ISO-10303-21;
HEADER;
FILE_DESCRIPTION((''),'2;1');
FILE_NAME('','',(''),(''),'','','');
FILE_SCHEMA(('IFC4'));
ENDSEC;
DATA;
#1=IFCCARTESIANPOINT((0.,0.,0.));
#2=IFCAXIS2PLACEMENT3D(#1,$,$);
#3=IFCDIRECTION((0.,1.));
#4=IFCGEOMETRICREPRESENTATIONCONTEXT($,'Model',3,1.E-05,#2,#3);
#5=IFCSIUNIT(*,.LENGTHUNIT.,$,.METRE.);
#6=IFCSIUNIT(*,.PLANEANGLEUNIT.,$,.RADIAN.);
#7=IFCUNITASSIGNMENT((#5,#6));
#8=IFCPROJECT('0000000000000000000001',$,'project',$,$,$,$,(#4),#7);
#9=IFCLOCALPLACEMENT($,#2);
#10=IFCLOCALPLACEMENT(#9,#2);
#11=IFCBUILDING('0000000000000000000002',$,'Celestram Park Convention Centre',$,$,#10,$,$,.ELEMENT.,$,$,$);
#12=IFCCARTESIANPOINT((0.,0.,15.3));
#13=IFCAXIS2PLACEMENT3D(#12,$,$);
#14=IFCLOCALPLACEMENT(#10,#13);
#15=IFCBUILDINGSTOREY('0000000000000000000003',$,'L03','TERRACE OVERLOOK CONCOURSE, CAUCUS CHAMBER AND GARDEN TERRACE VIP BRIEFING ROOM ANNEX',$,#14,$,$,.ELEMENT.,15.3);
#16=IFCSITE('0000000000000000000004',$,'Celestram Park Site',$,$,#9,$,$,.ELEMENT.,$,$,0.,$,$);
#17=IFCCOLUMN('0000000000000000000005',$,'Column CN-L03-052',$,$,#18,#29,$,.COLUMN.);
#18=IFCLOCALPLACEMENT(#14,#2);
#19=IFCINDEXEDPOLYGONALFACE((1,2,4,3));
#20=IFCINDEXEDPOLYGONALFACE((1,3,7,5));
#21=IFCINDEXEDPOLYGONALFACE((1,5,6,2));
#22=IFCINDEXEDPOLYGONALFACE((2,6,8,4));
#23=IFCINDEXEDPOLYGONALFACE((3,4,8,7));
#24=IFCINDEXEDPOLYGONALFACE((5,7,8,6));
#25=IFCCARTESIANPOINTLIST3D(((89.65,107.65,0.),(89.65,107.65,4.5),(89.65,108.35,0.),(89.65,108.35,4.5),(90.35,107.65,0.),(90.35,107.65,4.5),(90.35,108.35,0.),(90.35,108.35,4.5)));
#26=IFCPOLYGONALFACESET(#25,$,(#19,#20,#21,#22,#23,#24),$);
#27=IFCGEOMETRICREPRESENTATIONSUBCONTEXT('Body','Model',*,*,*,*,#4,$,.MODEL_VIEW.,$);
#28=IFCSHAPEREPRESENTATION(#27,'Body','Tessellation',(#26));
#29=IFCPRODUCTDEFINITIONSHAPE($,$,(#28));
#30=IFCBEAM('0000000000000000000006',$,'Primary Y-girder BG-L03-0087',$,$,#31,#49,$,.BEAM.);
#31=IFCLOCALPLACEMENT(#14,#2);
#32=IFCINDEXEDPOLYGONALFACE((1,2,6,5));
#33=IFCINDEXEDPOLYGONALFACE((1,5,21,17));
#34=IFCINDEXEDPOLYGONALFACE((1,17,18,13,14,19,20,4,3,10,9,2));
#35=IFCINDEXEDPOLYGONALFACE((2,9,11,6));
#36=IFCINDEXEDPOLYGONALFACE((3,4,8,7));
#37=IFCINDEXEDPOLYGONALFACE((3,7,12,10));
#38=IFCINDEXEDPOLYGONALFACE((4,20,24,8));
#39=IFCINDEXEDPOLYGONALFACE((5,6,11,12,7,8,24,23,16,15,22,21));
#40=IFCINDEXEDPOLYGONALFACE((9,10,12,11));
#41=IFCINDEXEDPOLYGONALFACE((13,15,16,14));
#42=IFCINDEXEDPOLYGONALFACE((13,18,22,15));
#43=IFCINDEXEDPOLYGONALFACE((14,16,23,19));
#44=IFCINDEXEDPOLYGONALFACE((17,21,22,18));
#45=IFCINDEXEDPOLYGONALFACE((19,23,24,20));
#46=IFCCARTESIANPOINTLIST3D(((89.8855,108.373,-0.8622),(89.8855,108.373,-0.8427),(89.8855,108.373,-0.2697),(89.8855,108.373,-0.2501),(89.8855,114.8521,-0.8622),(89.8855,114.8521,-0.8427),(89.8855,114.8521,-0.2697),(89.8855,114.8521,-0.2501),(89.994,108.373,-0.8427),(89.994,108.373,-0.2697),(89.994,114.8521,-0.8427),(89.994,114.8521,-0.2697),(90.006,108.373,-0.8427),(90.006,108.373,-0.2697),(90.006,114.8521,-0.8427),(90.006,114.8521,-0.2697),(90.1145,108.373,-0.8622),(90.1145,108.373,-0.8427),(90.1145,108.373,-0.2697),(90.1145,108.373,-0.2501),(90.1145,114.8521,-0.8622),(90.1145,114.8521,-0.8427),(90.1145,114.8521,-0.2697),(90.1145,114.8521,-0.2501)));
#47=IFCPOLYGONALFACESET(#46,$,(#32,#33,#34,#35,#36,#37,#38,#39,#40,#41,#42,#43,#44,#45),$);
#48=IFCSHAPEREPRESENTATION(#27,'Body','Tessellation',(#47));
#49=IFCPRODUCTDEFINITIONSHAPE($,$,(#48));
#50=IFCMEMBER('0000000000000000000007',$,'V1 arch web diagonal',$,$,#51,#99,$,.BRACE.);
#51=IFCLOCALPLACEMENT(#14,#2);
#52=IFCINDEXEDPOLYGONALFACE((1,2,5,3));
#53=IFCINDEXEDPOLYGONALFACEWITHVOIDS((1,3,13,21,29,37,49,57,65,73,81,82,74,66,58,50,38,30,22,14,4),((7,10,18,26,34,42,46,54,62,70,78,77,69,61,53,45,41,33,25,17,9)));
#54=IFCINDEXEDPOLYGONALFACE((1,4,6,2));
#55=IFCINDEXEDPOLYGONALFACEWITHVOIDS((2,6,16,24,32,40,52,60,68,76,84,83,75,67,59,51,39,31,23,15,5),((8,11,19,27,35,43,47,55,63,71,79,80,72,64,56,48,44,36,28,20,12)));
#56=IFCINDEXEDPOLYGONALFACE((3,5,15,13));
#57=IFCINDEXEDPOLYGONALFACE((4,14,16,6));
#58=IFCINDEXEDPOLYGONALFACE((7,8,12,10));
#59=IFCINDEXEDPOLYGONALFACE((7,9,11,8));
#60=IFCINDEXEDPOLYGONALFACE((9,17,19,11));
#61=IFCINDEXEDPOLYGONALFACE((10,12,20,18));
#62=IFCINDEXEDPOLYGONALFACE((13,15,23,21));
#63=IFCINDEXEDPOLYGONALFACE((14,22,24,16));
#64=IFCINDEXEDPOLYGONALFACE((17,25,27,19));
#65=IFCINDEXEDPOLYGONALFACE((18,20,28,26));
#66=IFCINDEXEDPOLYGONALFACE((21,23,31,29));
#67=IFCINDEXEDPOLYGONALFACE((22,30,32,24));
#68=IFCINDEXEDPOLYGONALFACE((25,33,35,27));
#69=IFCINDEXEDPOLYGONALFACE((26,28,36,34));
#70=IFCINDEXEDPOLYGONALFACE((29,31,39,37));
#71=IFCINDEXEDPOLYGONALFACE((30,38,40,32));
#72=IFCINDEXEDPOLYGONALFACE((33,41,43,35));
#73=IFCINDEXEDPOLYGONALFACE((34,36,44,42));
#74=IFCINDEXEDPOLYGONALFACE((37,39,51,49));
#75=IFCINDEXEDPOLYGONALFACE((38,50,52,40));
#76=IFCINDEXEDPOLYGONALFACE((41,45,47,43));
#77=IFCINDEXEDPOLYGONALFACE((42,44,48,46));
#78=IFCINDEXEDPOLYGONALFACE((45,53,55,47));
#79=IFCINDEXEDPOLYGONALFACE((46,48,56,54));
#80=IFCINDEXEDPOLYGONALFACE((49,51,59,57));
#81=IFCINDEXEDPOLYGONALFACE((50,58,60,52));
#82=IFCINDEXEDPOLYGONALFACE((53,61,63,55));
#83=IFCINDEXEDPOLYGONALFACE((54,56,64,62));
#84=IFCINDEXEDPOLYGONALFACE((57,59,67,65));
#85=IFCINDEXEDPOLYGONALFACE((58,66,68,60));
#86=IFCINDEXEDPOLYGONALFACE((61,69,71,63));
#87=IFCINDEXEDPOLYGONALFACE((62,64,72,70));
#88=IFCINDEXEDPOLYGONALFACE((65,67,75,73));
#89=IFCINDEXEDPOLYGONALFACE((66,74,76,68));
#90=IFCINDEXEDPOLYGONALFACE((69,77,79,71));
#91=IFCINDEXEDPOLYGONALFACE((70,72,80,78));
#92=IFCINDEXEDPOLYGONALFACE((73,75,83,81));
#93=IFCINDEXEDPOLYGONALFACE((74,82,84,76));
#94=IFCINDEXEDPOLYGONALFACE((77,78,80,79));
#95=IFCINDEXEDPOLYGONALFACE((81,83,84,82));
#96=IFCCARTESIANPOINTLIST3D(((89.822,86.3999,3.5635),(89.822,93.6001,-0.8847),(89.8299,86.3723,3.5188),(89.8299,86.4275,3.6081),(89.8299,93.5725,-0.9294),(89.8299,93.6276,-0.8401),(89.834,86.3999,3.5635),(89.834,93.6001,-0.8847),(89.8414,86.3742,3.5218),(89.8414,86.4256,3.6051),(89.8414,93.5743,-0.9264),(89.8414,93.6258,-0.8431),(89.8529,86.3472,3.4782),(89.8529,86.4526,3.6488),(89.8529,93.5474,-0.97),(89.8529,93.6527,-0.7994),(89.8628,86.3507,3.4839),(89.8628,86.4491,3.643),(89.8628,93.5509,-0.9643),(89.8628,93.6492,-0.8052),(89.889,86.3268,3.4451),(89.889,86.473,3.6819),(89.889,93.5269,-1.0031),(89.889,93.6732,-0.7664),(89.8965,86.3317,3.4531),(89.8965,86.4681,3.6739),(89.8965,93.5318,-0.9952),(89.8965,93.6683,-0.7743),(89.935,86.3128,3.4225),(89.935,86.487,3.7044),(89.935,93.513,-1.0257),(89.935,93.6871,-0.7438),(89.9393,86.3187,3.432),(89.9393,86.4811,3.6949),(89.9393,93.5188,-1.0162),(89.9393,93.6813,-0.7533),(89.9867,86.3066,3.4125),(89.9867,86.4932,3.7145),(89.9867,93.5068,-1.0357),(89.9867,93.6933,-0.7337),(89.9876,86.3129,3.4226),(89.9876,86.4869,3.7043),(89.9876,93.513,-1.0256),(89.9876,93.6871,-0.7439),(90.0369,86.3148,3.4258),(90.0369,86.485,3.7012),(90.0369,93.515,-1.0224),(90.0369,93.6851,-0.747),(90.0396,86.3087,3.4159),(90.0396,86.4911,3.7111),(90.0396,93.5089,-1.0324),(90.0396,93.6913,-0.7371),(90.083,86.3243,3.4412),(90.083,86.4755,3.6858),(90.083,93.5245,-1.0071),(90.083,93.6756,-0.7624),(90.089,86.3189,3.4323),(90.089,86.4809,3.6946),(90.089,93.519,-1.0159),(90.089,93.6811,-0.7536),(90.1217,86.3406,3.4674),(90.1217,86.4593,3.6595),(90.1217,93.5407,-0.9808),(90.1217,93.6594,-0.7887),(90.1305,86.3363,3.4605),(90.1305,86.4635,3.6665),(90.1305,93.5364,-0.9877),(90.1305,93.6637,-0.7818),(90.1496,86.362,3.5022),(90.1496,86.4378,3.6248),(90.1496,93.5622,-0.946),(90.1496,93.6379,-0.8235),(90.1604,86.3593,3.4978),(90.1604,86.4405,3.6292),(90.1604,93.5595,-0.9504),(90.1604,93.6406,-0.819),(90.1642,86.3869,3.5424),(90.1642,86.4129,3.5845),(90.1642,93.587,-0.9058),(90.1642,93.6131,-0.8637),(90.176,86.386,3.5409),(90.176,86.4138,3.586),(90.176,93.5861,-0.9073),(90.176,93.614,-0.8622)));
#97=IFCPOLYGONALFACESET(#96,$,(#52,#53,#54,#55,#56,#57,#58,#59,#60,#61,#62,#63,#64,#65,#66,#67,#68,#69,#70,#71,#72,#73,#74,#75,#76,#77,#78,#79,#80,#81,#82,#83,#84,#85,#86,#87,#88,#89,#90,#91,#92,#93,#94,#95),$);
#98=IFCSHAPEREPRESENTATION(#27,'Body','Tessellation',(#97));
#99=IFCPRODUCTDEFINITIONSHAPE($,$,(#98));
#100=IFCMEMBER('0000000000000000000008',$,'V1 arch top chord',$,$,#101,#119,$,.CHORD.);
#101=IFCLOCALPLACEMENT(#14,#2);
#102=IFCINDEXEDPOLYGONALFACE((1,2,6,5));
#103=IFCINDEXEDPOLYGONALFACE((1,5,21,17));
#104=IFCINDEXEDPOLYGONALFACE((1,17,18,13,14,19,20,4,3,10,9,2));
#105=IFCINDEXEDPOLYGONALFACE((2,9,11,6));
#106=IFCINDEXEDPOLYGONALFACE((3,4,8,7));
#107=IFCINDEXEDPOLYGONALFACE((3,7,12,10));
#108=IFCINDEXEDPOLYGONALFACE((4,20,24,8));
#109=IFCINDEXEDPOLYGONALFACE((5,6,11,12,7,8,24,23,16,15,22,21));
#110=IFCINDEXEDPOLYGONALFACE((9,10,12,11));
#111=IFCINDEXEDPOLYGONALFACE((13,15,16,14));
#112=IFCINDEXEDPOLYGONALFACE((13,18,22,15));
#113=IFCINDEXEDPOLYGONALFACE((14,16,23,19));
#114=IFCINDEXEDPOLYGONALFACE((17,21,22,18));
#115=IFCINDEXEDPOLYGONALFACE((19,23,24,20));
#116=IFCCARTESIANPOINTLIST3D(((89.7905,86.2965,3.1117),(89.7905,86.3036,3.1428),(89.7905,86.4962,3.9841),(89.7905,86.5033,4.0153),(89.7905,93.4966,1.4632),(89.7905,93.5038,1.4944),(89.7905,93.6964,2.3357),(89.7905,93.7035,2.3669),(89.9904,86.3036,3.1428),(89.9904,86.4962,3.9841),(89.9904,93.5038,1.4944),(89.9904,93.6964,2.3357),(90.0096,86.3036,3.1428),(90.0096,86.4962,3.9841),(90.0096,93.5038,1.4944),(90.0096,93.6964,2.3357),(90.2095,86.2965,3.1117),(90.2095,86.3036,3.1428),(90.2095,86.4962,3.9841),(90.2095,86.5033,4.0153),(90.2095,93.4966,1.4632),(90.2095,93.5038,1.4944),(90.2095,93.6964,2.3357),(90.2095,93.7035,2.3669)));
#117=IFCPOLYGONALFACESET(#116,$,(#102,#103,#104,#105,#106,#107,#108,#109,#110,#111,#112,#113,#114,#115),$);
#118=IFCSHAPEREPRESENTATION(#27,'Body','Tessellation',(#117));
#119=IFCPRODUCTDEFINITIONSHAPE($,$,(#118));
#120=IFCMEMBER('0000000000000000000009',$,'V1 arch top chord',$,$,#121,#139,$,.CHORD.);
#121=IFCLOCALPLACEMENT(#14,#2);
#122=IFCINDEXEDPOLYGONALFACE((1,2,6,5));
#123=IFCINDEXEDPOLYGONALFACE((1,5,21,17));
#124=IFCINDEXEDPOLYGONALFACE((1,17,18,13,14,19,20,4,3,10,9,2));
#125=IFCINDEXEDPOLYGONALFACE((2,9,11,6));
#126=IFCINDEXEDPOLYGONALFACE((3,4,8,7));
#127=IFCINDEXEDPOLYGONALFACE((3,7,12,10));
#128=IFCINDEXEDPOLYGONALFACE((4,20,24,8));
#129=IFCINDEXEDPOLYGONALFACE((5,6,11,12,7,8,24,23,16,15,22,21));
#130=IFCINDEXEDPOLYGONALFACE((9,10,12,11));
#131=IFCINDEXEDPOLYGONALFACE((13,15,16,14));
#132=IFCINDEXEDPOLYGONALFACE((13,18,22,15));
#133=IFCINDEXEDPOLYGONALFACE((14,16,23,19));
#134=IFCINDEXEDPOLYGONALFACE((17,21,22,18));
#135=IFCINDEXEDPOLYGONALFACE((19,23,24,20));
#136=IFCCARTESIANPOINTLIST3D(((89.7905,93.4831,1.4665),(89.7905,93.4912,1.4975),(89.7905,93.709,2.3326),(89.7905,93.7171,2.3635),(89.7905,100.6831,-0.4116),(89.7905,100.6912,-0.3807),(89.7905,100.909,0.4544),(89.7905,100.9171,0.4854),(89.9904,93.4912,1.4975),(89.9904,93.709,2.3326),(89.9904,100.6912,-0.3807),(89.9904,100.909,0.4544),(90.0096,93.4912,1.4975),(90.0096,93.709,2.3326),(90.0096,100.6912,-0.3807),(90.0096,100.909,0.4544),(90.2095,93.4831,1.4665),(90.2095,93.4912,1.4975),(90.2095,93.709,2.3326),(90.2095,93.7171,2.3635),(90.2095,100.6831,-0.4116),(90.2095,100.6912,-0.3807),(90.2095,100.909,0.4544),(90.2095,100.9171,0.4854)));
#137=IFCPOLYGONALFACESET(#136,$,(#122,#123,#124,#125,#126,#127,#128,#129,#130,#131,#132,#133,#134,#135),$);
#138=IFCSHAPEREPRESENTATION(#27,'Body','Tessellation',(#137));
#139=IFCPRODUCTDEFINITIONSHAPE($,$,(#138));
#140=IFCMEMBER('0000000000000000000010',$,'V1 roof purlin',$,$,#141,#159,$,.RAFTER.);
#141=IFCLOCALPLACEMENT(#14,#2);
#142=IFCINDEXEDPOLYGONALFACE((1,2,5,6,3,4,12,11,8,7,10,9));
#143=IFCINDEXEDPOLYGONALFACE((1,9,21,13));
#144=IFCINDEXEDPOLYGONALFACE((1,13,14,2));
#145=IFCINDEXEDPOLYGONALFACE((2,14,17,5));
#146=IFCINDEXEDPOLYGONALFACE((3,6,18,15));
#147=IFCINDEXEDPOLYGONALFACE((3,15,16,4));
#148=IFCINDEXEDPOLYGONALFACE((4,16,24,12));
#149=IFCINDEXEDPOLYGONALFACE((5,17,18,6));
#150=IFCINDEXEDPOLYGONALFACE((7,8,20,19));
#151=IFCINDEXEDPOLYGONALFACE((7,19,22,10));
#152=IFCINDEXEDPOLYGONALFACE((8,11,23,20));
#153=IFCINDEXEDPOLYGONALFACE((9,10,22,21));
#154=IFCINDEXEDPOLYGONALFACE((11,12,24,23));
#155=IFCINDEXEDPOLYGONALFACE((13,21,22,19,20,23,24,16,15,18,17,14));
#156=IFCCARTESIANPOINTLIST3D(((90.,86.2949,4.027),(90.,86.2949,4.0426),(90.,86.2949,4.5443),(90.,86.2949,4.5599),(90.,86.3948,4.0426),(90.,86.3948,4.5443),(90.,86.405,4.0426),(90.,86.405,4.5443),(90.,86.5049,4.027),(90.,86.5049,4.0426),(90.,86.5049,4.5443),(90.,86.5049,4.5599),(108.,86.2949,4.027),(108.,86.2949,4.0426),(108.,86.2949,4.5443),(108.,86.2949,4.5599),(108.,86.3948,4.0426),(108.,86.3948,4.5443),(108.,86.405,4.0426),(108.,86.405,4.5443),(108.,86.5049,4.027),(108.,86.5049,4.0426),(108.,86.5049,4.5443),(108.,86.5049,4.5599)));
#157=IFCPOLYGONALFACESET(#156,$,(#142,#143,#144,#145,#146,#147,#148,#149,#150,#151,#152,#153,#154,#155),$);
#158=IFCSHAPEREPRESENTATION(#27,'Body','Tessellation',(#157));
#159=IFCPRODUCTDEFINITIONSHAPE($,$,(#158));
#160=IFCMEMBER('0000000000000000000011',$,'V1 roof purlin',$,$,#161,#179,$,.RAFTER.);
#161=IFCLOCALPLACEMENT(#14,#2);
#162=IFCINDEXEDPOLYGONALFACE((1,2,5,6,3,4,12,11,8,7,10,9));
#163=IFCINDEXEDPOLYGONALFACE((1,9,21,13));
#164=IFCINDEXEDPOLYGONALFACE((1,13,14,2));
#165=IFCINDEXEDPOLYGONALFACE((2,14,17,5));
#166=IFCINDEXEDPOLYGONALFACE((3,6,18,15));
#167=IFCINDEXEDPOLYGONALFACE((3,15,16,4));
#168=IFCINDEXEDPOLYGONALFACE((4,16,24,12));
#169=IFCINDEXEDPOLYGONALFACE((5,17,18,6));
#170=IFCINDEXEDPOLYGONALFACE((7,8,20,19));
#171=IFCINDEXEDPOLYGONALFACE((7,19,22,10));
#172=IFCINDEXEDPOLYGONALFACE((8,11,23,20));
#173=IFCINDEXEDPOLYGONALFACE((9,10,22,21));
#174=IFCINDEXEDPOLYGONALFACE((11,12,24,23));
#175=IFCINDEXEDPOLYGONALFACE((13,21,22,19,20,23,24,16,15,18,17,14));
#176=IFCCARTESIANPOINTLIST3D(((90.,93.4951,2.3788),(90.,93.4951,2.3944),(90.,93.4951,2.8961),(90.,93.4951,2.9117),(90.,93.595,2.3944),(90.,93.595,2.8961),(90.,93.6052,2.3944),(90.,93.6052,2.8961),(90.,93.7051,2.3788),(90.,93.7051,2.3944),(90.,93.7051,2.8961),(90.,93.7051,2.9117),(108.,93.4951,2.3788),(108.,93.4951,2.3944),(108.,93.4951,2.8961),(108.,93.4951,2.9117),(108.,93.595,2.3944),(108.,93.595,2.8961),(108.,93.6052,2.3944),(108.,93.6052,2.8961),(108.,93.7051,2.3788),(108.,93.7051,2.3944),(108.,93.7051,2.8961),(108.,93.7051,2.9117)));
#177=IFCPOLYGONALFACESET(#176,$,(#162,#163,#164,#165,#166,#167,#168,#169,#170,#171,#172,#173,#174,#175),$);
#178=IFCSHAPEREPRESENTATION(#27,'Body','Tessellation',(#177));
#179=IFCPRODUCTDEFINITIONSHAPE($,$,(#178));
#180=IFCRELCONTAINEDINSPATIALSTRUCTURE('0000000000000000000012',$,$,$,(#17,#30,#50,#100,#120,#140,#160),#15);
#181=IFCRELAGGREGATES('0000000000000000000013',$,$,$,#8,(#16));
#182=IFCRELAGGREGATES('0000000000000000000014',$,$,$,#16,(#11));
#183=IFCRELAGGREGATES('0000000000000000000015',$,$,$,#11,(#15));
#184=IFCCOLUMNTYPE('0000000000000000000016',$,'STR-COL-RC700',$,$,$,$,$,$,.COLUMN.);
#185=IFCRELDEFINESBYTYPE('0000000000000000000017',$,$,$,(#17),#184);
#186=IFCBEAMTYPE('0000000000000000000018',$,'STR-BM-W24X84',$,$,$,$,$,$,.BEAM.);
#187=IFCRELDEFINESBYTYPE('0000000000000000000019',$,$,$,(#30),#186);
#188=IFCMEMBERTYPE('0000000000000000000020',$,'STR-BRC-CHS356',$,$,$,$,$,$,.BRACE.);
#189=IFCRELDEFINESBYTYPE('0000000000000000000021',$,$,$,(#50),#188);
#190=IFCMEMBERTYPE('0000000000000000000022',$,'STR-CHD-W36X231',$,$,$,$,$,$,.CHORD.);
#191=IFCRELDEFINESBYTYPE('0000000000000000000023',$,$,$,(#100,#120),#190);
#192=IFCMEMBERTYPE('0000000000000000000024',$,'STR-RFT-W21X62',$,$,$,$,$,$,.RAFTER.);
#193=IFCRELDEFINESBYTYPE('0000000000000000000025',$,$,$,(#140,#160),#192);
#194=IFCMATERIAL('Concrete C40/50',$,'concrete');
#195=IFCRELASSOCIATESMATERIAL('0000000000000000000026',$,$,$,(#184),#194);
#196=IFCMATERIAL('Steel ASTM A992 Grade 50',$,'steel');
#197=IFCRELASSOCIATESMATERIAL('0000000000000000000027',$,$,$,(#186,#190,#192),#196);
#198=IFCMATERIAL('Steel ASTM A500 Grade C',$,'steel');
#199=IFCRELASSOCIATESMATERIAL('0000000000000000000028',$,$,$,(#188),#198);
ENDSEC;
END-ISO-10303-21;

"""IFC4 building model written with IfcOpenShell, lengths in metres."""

from ifc_helpers import new_model, si_unit, direction, frame, origin, origin_2d, place, context, subcontext, project, spatial, rectangle, hollow_circle, i_section, extrude, material, material_profile, profile_set, type_object, element, save


model = new_model("IFC4")

# Units and contexts
model_context = context("Model", 3, precision=1e-05, world=origin(), true_north=direction((0.0, 1.0)))
body_context = subcontext(model_context, "Body", "Model", "MODEL_VIEW")
ifc_project = project(units=[si_unit("LENGTHUNIT", "METRE"), si_unit("PLANEANGLEUNIT", "RADIAN")], contexts=[model_context])

# Site, building, storey
site_placement = place(None, origin())
site = spatial("IfcSite", under=ifc_project, at=site_placement, Name="Celestram Park Site", CompositionType="ELEMENT", RefElevation=0.0)
building_placement = place(site_placement, origin())
building = spatial("IfcBuilding", under=site, at=building_placement, Name="Celestram Park Convention Centre", CompositionType="ELEMENT")
storey_placement = place(building_placement, frame((0.0, 0.0, 15.3)))
storey = spatial("IfcBuildingStorey", under=building, at=storey_placement, Name="L03", Description="TERRACE OVERLOOK CONCOURSE, CAUCUS CHAMBER AND GARDEN TERRACE VIP BRIEFING ROOM ANNEX", CompositionType="ELEMENT", Elevation=15.3)

# Column
ifc_material_1 = material(Name="Concrete C40/50", Category="concrete")
ifc_material_profile_1 = material_profile(ifc_material_1, rectangle(XDim=0.7, YDim=0.7, at=origin_2d()), Name="RC700X700")
ifc_profile_set_1 = profile_set([ifc_material_profile_1], Name="Concrete C40/50")
column_type = type_object("IfcColumnType", Name="STR-COL-RC700", PredefinedType="COLUMN", material=ifc_profile_set_1)
column_placement = place(storey_placement, frame((90.0, 108.0, 0.0), z_axis=(0.0, 0.0, 1.0), x_axis=(1.0, 0.0, 0.0)))
element("IfcColumn", 1, at=column_placement, inside=storey, type_object=column_type, Name="Column CN-L03-052", PredefinedType="COLUMN", context=body_context, shape_type="SweptSolid", body=[
    extrude(rectangle(XDim=0.7, YDim=0.7, at=origin_2d()), origin(), (0.0, 0.0, 1.0), 4.5),
])

# Beam
ifc_material_2 = material(Name="Steel ASTM A992 Grade 50", Category="steel")
ifc_material_profile_2 = material_profile(ifc_material_2, i_section(OverallWidth=0.229, OverallDepth=0.6121, WebThickness=0.012, FlangeThickness=0.0195, at=origin_2d()), Name="W24X84")
ifc_profile_set_2 = profile_set([ifc_material_profile_2], Name="Steel ASTM A992 Grade 50")
beam_type_1 = type_object("IfcBeamType", Name="STR-BM-W24X84", PredefinedType="BEAM", material=ifc_profile_set_2)
beam_placement = place(storey_placement, frame((90.0, 108.373, -0.5562), z_axis=(0.0, 1.0, 0.0), x_axis=(-1.0, 0.0, 0.0)))
element("IfcBeam", 2, at=beam_placement, inside=storey, type_object=beam_type_1, Name="Primary Y-girder BG-L03-0087", PredefinedType="BEAM", context=body_context, shape_type="SweptSolid", body=[
    extrude(i_section(OverallWidth=0.229, OverallDepth=0.6121, WebThickness=0.012, FlangeThickness=0.0195, at=origin_2d()), origin(), (0.0, 0.0, 1.0), 6.479),
])

# Members
ifc_material_3 = material(Name="Steel ASTM A500 Grade C", Category="steel")
ifc_material_profile_3 = material_profile(ifc_material_3, hollow_circle(Radius=0.178, WallThickness=0.012, at=origin_2d()), Name="CHS356X12")
ifc_profile_set_3 = profile_set([ifc_material_profile_3], Name="Steel ASTM A500 Grade C")
member_type_1 = type_object("IfcMemberType", Name="STR-BRC-CHS356", PredefinedType="BRACE", material=ifc_profile_set_3)
member_1_placement = place(storey_placement, frame((90.0, 86.3999, 3.5635), z_axis=(0.0, 0.850742, -0.525584), x_axis=(-1.0, 0.0, 0.0)))
element("IfcMember", 3, at=member_1_placement, inside=storey, type_object=member_type_1, Name="V1 arch web diagonal", PredefinedType="BRACE", context=body_context, shape_type="SweptSolid", body=[
    extrude(hollow_circle(Radius=0.178, WallThickness=0.012, at=origin_2d()), origin(), (0.0, 0.0, 1.0), 8.4634),
])
ifc_material_profile_4 = material_profile(ifc_material_2, i_section(OverallWidth=0.4189, OverallDepth=0.927, WebThickness=0.0193, FlangeThickness=0.032, at=origin_2d()), Name="W36X231")
ifc_profile_set_4 = profile_set([ifc_material_profile_4], Name="Steel ASTM A992 Grade 50")
member_type_2 = type_object("IfcMemberType", Name="STR-CHD-W36X231", PredefinedType="CHORD", material=ifc_profile_set_4)
member_2_placement = place(storey_placement, frame((90.0, 86.3999, 3.5635), z_axis=(0.0, 0.97478, -0.223169), x_axis=(-1.0, 0.0, 0.0)))
element("IfcMember", 4, at=member_2_placement, inside=storey, type_object=member_type_2, Name="V1 arch top chord", PredefinedType="CHORD", context=body_context, shape_type="SweptSolid", body=[
    extrude(i_section(OverallWidth=0.4189, OverallDepth=0.927, WebThickness=0.0193, FlangeThickness=0.032, at=origin_2d()), origin(), (0.0, 0.0, 1.0), 7.3865),
])
member_3_placement = place(storey_placement, frame((90.0, 93.6001, 1.915), z_axis=(0.0, 0.96762, -0.252413), x_axis=(-1.0, 0.0, 0.0)))
element("IfcMember", 5, at=member_3_placement, inside=storey, type_object=member_type_2, Name="V1 arch top chord", PredefinedType="CHORD", context=body_context, shape_type="SweptSolid", body=[
    extrude(i_section(OverallWidth=0.4189, OverallDepth=0.927, WebThickness=0.0193, FlangeThickness=0.032, at=origin_2d()), origin(), (0.0, 0.0, 1.0), 7.4409),
])
ifc_material_profile_5 = material_profile(ifc_material_2, i_section(OverallWidth=0.21, OverallDepth=0.533, WebThickness=0.0103, FlangeThickness=0.0156, at=origin_2d()), Name="W21X62")
ifc_profile_set_5 = profile_set([ifc_material_profile_5], Name="Steel ASTM A992 Grade 50")
member_type_3 = type_object("IfcMemberType", Name="STR-RFT-W21X62", PredefinedType="RAFTER", material=ifc_profile_set_5)
for number, where, z_axis, x_axis, name in (
    (6, (90.0, 86.3999, 4.2935), (1.0, 0.0, 0.0), (0.0, 1.0, 0.0), "V1 roof purlin"),
    (7, (90.0, 93.6001, 2.6453), (1.0, 0.0, 0.0), (0.0, 1.0, 0.0), "V1 roof purlin"),
):
    element("IfcMember", number, at=place(storey_placement, frame(where, z_axis=z_axis, x_axis=x_axis)), inside=storey, type_object=member_type_3, Name=name, PredefinedType="RAFTER", context=body_context, shape_type="SweptSolid", body=[
        extrude(i_section(OverallWidth=0.21, OverallDepth=0.533, WebThickness=0.0103, FlangeThickness=0.0156, at=origin_2d()), origin(), (0.0, 0.0, 1.0), 18.0),
    ])

save(model, "model.ifc")
